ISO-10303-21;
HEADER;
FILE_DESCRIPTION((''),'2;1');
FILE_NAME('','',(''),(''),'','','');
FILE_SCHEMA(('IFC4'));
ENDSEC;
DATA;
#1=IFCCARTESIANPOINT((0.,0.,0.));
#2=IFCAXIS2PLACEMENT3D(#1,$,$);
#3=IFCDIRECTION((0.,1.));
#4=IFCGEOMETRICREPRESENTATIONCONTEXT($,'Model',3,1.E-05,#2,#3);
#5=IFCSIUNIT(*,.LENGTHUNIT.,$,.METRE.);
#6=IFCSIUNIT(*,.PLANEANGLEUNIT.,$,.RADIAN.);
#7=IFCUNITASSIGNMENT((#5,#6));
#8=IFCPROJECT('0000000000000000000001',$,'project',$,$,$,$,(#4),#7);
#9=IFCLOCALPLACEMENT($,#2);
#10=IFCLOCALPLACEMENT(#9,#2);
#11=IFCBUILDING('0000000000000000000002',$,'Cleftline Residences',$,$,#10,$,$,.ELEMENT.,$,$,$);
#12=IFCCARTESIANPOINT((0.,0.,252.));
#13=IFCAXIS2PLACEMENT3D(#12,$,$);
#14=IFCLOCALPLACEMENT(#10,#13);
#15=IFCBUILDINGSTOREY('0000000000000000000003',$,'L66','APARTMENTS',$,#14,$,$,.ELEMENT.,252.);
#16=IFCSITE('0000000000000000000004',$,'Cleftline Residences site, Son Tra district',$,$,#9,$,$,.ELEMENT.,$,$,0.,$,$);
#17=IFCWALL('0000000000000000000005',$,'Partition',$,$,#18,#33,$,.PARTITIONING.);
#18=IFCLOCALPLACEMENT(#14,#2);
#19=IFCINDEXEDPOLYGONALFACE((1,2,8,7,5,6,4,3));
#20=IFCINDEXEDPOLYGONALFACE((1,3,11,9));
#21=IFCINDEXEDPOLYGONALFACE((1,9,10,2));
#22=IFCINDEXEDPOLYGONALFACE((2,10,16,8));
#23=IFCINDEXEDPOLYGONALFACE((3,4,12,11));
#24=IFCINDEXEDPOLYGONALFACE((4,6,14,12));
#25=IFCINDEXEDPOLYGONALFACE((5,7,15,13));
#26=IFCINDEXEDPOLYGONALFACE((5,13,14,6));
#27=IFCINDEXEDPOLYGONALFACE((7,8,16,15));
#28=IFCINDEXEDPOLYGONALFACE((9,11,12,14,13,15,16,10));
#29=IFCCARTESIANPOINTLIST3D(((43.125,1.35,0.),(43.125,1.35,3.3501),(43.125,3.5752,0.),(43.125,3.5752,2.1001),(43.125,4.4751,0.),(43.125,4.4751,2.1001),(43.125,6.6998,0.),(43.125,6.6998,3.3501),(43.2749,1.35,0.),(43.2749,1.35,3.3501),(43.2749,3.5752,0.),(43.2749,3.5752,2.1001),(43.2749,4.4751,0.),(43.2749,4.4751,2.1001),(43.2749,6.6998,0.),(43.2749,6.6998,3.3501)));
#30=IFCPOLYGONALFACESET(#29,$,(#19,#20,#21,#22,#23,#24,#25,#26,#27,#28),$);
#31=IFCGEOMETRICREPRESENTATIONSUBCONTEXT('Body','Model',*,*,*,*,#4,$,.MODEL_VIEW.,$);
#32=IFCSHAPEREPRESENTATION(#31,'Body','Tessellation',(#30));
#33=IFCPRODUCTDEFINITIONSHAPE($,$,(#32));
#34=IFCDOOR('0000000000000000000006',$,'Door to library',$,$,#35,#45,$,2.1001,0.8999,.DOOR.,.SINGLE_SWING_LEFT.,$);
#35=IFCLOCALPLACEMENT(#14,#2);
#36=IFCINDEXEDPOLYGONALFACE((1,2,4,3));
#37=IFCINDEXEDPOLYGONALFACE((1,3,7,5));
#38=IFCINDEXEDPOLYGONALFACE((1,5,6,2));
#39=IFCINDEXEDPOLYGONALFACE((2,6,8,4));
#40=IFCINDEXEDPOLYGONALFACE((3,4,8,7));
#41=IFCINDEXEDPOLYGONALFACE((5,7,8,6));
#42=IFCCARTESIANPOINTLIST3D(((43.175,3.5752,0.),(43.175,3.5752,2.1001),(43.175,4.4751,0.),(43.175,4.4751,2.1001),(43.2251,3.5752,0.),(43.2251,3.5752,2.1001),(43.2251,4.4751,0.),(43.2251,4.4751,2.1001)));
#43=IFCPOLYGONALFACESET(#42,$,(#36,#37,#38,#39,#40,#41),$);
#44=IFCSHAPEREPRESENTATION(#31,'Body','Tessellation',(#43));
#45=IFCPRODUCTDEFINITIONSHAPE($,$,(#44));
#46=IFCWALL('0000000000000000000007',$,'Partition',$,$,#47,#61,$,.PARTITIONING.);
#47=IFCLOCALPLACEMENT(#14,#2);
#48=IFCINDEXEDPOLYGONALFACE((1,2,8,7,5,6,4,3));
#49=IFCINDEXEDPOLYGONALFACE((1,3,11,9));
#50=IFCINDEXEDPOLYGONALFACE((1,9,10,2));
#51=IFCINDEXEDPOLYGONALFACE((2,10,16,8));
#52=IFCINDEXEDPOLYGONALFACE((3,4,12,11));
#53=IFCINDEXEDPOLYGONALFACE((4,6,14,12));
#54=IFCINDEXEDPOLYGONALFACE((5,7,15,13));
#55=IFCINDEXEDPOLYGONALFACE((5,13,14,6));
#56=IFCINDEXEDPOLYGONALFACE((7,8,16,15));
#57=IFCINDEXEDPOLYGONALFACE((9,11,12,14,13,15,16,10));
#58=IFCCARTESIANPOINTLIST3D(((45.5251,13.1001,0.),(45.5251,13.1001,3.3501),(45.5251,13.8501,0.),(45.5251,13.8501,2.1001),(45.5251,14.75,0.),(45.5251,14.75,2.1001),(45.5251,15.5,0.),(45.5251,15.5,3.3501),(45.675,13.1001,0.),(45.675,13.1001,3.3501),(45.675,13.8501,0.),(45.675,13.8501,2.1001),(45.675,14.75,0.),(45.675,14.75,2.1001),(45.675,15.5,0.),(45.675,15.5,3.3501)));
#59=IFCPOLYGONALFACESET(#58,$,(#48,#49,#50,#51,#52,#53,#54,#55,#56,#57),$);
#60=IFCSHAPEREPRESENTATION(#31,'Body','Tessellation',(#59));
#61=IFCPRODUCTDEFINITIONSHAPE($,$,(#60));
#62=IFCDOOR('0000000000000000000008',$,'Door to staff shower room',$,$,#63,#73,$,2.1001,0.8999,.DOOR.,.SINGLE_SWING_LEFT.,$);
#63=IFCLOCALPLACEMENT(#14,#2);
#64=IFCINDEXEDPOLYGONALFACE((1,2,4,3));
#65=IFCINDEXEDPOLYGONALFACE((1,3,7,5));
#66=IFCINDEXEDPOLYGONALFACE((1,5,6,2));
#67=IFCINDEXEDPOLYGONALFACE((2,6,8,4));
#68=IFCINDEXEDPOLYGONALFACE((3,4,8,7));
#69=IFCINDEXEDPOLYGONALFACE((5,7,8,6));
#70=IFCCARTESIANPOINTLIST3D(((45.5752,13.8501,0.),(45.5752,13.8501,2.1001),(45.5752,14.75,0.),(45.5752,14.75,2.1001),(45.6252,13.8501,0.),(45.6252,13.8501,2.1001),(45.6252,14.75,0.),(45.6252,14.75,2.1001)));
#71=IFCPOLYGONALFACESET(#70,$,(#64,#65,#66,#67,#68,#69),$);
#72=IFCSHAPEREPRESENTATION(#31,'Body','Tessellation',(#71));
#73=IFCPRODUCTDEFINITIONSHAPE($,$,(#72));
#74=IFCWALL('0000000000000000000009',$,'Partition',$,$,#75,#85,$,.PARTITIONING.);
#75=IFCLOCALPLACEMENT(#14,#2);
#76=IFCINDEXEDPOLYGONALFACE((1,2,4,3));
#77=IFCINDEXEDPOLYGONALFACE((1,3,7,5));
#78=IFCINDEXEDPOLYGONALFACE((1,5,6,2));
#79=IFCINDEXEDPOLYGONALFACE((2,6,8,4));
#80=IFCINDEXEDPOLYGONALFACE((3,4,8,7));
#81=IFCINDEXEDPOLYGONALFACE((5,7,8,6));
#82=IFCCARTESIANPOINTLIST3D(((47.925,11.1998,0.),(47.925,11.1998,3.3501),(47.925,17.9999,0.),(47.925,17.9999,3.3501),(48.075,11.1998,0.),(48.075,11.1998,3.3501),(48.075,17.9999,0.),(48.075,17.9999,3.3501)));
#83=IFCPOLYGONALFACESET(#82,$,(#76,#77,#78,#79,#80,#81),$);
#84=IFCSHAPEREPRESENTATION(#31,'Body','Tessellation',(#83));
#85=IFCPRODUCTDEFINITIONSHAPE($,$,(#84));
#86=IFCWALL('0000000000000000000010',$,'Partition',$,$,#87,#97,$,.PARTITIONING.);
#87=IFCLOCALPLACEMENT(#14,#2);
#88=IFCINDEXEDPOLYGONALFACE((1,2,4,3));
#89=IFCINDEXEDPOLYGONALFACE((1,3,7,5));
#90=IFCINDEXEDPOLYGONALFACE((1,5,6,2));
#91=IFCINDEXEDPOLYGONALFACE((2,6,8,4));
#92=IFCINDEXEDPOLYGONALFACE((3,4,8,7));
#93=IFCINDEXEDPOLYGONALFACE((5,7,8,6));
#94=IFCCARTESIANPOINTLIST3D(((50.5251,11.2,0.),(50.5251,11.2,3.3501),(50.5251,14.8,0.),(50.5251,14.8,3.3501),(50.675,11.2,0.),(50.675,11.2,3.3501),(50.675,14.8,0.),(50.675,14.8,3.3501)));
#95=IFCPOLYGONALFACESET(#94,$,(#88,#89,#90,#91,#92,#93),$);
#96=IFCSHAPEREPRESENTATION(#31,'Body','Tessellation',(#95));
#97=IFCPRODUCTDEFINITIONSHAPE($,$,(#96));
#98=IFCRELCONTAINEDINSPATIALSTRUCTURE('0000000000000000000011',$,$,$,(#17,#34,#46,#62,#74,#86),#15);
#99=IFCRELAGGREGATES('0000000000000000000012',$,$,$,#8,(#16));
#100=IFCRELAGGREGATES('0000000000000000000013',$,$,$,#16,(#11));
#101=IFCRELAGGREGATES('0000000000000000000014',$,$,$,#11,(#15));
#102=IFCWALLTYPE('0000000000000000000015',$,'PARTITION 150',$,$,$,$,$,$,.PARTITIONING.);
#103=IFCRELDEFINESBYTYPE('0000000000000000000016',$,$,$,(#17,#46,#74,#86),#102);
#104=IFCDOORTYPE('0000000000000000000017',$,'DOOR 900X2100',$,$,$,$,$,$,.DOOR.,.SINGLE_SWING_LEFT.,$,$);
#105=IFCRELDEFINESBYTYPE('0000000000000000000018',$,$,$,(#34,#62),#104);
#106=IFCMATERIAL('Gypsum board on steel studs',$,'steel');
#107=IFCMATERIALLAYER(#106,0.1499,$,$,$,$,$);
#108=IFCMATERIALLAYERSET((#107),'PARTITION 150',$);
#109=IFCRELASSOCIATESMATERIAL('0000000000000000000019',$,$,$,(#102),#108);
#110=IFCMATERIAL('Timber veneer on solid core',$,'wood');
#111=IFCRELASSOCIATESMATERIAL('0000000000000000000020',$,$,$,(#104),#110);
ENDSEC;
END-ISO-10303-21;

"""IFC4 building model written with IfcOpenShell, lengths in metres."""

from ifc_helpers import new_model, si_unit, direction, frame, frame_2d, origin, place, context, subcontext, project, spatial, rectangle, extrude, material, layer, layer_set, type_object, element, fill, save


model = new_model("IFC4")

# Units and contexts
model_context = context("Model", 3, precision=1e-05, world=origin(), true_north=direction((0.0, 1.0)))
body_context = subcontext(model_context, "Body", "Model", "MODEL_VIEW")
ifc_project = project(units=[si_unit("LENGTHUNIT", "METRE"), si_unit("PLANEANGLEUNIT", "RADIAN")], contexts=[model_context])

# Site, building, storey
site_placement = place(None, origin())
site = spatial("IfcSite", under=ifc_project, at=site_placement, Name="Cleftline Residences site, Son Tra district", CompositionType="ELEMENT", RefElevation=0.0)
building_placement = place(site_placement, origin())
building = spatial("IfcBuilding", under=site, at=building_placement, Name="Cleftline Residences", CompositionType="ELEMENT")
storey_placement = place(building_placement, frame((0.0, 0.0, 252.0)))
storey = spatial("IfcBuildingStorey", under=building, at=storey_placement, Name="L66", Description="APARTMENTS", CompositionType="ELEMENT", Elevation=252.0)

# Shared definitions
ifc_material_1 = material(Name="Gypsum board on steel studs", Category="steel")
ifc_layer_1 = layer(ifc_material_1, 0.1499)
ifc_layer_set_1 = layer_set([ifc_layer_1], Name="PARTITION 150")
wall_type_1 = type_object("IfcWallType", Name="PARTITION 150", PredefinedType="PARTITIONING", material=ifc_layer_set_1)

# Walls, openings, doors
wall_1_placement = place(storey_placement, frame((43.2, 1.3501, 0.0), z_axis=(0.0, 0.0, 1.0), x_axis=(0.0, 1.0, 0.0)))
wall_1 = element("IfcWall", 1, at=wall_1_placement, inside=storey, type_object=wall_type_1, Name="Partition", PredefinedType="PARTITIONING", context=body_context, shape_type="SweptSolid", body=[
    extrude(rectangle(XDim=5.3499, YDim=0.1499, at=frame_2d((2.6748, 0.0))), origin(), (0.0, 0.0, 1.0), 3.3501),
])
opening_1_placement = place(wall_1_placement, frame((2.2251, 0.0, 0.0)))
opening_1 = element("IfcOpeningElement", 2, at=opening_1_placement, cuts=wall_1, PredefinedType="OPENING", context=body_context, shape_type="SweptSolid", body=[
    extrude(rectangle(XDim=0.8999, YDim=2.1001, at=frame_2d((0.45, 1.05))), frame((0.0, 0.085, 0.0), z_axis=(0.0, -1.0, 0.0), x_axis=(1.0, 0.0, 0.0)), (0.0, 0.0, 1.0), 0.1699),
])
ifc_material_2 = material(Name="Timber veneer on solid core", Category="wood")
door_type_1 = type_object("IfcDoorType", Name="DOOR 900X2100", OperationType="SINGLE_SWING_LEFT", PredefinedType="DOOR", material=ifc_material_2)
door_1_placement = place(opening_1_placement, origin())
door_1 = element("IfcDoor", 3, at=door_1_placement, inside=storey, type_object=door_type_1, Name="Door to library", OperationType="SINGLE_SWING_LEFT", OverallHeight=2.1001, OverallWidth=0.8999, PredefinedType="DOOR", context=body_context, shape_type="SweptSolid", body=[
    extrude(rectangle(XDim=0.8999, YDim=2.1001, at=frame_2d((0.45, 1.05))), frame((0.0, 0.0249, 0.0), z_axis=(0.0, -1.0, 0.0), x_axis=(1.0, 0.0, 0.0)), (0.0, 0.0, 1.0), 0.05),
])
fill(opening_1, door_1)
wall_2_placement = place(storey_placement, frame((45.6001, 13.1001, 0.0), z_axis=(0.0, 0.0, 1.0), x_axis=(0.0, 1.0, 0.0)))
wall_2 = element("IfcWall", 4, at=wall_2_placement, inside=storey, type_object=wall_type_1, Name="Partition", PredefinedType="PARTITIONING", context=body_context, shape_type="SweptSolid", body=[
    extrude(rectangle(XDim=2.3999, YDim=0.1499, at=frame_2d((1.2, 0.0))), origin(), (0.0, 0.0, 1.0), 3.3501),
])
opening_2_placement = place(wall_2_placement, frame((0.75, 0.0, 0.0)))
opening_2 = element("IfcOpeningElement", 5, at=opening_2_placement, cuts=wall_2, PredefinedType="OPENING", context=body_context, shape_type="SweptSolid", body=[
    extrude(rectangle(XDim=0.8999, YDim=2.1001, at=frame_2d((0.45, 1.05))), frame((0.0, 0.085, 0.0), z_axis=(0.0, -1.0, 0.0), x_axis=(1.0, 0.0, 0.0)), (0.0, 0.0, 1.0), 0.1699),
])
door_2_placement = place(opening_2_placement, origin())
door_2 = element("IfcDoor", 6, at=door_2_placement, inside=storey, type_object=door_type_1, Name="Door to staff shower room", OperationType="SINGLE_SWING_LEFT", OverallHeight=2.1001, OverallWidth=0.8999, PredefinedType="DOOR", context=body_context, shape_type="SweptSolid", body=[
    extrude(rectangle(XDim=0.8999, YDim=2.1001, at=frame_2d((0.45, 1.05))), frame((0.0, 0.0249, 0.0), z_axis=(0.0, -1.0, 0.0), x_axis=(1.0, 0.0, 0.0)), (0.0, 0.0, 1.0), 0.05),
])
fill(opening_2, door_2)

# Walls
wall_3_placement = place(storey_placement, frame((48.0, 11.2, 0.0), z_axis=(0.0, 0.0, 1.0), x_axis=(0.0, 1.0, 0.0)))
element("IfcWall", 7, at=wall_3_placement, inside=storey, type_object=wall_type_1, Name="Partition", PredefinedType="PARTITIONING", context=body_context, shape_type="SweptSolid", body=[
    extrude(rectangle(XDim=6.8, YDim=0.1499, at=frame_2d((3.3999, 0.0))), origin(), (0.0, 0.0, 1.0), 3.3501),
])
wall_4_placement = place(storey_placement, frame((50.6001, 11.2, 0.0), z_axis=(0.0, 0.0, 1.0), x_axis=(0.0, 1.0, 0.0)))
element("IfcWall", 8, at=wall_4_placement, inside=storey, type_object=wall_type_1, Name="Partition", PredefinedType="PARTITIONING", context=body_context, shape_type="SweptSolid", body=[
    extrude(rectangle(XDim=3.6001, YDim=0.1499, at=frame_2d((1.8, 0.0))), origin(), (0.0, 0.0, 1.0), 3.3501),
])

save(model, "model.ifc")
